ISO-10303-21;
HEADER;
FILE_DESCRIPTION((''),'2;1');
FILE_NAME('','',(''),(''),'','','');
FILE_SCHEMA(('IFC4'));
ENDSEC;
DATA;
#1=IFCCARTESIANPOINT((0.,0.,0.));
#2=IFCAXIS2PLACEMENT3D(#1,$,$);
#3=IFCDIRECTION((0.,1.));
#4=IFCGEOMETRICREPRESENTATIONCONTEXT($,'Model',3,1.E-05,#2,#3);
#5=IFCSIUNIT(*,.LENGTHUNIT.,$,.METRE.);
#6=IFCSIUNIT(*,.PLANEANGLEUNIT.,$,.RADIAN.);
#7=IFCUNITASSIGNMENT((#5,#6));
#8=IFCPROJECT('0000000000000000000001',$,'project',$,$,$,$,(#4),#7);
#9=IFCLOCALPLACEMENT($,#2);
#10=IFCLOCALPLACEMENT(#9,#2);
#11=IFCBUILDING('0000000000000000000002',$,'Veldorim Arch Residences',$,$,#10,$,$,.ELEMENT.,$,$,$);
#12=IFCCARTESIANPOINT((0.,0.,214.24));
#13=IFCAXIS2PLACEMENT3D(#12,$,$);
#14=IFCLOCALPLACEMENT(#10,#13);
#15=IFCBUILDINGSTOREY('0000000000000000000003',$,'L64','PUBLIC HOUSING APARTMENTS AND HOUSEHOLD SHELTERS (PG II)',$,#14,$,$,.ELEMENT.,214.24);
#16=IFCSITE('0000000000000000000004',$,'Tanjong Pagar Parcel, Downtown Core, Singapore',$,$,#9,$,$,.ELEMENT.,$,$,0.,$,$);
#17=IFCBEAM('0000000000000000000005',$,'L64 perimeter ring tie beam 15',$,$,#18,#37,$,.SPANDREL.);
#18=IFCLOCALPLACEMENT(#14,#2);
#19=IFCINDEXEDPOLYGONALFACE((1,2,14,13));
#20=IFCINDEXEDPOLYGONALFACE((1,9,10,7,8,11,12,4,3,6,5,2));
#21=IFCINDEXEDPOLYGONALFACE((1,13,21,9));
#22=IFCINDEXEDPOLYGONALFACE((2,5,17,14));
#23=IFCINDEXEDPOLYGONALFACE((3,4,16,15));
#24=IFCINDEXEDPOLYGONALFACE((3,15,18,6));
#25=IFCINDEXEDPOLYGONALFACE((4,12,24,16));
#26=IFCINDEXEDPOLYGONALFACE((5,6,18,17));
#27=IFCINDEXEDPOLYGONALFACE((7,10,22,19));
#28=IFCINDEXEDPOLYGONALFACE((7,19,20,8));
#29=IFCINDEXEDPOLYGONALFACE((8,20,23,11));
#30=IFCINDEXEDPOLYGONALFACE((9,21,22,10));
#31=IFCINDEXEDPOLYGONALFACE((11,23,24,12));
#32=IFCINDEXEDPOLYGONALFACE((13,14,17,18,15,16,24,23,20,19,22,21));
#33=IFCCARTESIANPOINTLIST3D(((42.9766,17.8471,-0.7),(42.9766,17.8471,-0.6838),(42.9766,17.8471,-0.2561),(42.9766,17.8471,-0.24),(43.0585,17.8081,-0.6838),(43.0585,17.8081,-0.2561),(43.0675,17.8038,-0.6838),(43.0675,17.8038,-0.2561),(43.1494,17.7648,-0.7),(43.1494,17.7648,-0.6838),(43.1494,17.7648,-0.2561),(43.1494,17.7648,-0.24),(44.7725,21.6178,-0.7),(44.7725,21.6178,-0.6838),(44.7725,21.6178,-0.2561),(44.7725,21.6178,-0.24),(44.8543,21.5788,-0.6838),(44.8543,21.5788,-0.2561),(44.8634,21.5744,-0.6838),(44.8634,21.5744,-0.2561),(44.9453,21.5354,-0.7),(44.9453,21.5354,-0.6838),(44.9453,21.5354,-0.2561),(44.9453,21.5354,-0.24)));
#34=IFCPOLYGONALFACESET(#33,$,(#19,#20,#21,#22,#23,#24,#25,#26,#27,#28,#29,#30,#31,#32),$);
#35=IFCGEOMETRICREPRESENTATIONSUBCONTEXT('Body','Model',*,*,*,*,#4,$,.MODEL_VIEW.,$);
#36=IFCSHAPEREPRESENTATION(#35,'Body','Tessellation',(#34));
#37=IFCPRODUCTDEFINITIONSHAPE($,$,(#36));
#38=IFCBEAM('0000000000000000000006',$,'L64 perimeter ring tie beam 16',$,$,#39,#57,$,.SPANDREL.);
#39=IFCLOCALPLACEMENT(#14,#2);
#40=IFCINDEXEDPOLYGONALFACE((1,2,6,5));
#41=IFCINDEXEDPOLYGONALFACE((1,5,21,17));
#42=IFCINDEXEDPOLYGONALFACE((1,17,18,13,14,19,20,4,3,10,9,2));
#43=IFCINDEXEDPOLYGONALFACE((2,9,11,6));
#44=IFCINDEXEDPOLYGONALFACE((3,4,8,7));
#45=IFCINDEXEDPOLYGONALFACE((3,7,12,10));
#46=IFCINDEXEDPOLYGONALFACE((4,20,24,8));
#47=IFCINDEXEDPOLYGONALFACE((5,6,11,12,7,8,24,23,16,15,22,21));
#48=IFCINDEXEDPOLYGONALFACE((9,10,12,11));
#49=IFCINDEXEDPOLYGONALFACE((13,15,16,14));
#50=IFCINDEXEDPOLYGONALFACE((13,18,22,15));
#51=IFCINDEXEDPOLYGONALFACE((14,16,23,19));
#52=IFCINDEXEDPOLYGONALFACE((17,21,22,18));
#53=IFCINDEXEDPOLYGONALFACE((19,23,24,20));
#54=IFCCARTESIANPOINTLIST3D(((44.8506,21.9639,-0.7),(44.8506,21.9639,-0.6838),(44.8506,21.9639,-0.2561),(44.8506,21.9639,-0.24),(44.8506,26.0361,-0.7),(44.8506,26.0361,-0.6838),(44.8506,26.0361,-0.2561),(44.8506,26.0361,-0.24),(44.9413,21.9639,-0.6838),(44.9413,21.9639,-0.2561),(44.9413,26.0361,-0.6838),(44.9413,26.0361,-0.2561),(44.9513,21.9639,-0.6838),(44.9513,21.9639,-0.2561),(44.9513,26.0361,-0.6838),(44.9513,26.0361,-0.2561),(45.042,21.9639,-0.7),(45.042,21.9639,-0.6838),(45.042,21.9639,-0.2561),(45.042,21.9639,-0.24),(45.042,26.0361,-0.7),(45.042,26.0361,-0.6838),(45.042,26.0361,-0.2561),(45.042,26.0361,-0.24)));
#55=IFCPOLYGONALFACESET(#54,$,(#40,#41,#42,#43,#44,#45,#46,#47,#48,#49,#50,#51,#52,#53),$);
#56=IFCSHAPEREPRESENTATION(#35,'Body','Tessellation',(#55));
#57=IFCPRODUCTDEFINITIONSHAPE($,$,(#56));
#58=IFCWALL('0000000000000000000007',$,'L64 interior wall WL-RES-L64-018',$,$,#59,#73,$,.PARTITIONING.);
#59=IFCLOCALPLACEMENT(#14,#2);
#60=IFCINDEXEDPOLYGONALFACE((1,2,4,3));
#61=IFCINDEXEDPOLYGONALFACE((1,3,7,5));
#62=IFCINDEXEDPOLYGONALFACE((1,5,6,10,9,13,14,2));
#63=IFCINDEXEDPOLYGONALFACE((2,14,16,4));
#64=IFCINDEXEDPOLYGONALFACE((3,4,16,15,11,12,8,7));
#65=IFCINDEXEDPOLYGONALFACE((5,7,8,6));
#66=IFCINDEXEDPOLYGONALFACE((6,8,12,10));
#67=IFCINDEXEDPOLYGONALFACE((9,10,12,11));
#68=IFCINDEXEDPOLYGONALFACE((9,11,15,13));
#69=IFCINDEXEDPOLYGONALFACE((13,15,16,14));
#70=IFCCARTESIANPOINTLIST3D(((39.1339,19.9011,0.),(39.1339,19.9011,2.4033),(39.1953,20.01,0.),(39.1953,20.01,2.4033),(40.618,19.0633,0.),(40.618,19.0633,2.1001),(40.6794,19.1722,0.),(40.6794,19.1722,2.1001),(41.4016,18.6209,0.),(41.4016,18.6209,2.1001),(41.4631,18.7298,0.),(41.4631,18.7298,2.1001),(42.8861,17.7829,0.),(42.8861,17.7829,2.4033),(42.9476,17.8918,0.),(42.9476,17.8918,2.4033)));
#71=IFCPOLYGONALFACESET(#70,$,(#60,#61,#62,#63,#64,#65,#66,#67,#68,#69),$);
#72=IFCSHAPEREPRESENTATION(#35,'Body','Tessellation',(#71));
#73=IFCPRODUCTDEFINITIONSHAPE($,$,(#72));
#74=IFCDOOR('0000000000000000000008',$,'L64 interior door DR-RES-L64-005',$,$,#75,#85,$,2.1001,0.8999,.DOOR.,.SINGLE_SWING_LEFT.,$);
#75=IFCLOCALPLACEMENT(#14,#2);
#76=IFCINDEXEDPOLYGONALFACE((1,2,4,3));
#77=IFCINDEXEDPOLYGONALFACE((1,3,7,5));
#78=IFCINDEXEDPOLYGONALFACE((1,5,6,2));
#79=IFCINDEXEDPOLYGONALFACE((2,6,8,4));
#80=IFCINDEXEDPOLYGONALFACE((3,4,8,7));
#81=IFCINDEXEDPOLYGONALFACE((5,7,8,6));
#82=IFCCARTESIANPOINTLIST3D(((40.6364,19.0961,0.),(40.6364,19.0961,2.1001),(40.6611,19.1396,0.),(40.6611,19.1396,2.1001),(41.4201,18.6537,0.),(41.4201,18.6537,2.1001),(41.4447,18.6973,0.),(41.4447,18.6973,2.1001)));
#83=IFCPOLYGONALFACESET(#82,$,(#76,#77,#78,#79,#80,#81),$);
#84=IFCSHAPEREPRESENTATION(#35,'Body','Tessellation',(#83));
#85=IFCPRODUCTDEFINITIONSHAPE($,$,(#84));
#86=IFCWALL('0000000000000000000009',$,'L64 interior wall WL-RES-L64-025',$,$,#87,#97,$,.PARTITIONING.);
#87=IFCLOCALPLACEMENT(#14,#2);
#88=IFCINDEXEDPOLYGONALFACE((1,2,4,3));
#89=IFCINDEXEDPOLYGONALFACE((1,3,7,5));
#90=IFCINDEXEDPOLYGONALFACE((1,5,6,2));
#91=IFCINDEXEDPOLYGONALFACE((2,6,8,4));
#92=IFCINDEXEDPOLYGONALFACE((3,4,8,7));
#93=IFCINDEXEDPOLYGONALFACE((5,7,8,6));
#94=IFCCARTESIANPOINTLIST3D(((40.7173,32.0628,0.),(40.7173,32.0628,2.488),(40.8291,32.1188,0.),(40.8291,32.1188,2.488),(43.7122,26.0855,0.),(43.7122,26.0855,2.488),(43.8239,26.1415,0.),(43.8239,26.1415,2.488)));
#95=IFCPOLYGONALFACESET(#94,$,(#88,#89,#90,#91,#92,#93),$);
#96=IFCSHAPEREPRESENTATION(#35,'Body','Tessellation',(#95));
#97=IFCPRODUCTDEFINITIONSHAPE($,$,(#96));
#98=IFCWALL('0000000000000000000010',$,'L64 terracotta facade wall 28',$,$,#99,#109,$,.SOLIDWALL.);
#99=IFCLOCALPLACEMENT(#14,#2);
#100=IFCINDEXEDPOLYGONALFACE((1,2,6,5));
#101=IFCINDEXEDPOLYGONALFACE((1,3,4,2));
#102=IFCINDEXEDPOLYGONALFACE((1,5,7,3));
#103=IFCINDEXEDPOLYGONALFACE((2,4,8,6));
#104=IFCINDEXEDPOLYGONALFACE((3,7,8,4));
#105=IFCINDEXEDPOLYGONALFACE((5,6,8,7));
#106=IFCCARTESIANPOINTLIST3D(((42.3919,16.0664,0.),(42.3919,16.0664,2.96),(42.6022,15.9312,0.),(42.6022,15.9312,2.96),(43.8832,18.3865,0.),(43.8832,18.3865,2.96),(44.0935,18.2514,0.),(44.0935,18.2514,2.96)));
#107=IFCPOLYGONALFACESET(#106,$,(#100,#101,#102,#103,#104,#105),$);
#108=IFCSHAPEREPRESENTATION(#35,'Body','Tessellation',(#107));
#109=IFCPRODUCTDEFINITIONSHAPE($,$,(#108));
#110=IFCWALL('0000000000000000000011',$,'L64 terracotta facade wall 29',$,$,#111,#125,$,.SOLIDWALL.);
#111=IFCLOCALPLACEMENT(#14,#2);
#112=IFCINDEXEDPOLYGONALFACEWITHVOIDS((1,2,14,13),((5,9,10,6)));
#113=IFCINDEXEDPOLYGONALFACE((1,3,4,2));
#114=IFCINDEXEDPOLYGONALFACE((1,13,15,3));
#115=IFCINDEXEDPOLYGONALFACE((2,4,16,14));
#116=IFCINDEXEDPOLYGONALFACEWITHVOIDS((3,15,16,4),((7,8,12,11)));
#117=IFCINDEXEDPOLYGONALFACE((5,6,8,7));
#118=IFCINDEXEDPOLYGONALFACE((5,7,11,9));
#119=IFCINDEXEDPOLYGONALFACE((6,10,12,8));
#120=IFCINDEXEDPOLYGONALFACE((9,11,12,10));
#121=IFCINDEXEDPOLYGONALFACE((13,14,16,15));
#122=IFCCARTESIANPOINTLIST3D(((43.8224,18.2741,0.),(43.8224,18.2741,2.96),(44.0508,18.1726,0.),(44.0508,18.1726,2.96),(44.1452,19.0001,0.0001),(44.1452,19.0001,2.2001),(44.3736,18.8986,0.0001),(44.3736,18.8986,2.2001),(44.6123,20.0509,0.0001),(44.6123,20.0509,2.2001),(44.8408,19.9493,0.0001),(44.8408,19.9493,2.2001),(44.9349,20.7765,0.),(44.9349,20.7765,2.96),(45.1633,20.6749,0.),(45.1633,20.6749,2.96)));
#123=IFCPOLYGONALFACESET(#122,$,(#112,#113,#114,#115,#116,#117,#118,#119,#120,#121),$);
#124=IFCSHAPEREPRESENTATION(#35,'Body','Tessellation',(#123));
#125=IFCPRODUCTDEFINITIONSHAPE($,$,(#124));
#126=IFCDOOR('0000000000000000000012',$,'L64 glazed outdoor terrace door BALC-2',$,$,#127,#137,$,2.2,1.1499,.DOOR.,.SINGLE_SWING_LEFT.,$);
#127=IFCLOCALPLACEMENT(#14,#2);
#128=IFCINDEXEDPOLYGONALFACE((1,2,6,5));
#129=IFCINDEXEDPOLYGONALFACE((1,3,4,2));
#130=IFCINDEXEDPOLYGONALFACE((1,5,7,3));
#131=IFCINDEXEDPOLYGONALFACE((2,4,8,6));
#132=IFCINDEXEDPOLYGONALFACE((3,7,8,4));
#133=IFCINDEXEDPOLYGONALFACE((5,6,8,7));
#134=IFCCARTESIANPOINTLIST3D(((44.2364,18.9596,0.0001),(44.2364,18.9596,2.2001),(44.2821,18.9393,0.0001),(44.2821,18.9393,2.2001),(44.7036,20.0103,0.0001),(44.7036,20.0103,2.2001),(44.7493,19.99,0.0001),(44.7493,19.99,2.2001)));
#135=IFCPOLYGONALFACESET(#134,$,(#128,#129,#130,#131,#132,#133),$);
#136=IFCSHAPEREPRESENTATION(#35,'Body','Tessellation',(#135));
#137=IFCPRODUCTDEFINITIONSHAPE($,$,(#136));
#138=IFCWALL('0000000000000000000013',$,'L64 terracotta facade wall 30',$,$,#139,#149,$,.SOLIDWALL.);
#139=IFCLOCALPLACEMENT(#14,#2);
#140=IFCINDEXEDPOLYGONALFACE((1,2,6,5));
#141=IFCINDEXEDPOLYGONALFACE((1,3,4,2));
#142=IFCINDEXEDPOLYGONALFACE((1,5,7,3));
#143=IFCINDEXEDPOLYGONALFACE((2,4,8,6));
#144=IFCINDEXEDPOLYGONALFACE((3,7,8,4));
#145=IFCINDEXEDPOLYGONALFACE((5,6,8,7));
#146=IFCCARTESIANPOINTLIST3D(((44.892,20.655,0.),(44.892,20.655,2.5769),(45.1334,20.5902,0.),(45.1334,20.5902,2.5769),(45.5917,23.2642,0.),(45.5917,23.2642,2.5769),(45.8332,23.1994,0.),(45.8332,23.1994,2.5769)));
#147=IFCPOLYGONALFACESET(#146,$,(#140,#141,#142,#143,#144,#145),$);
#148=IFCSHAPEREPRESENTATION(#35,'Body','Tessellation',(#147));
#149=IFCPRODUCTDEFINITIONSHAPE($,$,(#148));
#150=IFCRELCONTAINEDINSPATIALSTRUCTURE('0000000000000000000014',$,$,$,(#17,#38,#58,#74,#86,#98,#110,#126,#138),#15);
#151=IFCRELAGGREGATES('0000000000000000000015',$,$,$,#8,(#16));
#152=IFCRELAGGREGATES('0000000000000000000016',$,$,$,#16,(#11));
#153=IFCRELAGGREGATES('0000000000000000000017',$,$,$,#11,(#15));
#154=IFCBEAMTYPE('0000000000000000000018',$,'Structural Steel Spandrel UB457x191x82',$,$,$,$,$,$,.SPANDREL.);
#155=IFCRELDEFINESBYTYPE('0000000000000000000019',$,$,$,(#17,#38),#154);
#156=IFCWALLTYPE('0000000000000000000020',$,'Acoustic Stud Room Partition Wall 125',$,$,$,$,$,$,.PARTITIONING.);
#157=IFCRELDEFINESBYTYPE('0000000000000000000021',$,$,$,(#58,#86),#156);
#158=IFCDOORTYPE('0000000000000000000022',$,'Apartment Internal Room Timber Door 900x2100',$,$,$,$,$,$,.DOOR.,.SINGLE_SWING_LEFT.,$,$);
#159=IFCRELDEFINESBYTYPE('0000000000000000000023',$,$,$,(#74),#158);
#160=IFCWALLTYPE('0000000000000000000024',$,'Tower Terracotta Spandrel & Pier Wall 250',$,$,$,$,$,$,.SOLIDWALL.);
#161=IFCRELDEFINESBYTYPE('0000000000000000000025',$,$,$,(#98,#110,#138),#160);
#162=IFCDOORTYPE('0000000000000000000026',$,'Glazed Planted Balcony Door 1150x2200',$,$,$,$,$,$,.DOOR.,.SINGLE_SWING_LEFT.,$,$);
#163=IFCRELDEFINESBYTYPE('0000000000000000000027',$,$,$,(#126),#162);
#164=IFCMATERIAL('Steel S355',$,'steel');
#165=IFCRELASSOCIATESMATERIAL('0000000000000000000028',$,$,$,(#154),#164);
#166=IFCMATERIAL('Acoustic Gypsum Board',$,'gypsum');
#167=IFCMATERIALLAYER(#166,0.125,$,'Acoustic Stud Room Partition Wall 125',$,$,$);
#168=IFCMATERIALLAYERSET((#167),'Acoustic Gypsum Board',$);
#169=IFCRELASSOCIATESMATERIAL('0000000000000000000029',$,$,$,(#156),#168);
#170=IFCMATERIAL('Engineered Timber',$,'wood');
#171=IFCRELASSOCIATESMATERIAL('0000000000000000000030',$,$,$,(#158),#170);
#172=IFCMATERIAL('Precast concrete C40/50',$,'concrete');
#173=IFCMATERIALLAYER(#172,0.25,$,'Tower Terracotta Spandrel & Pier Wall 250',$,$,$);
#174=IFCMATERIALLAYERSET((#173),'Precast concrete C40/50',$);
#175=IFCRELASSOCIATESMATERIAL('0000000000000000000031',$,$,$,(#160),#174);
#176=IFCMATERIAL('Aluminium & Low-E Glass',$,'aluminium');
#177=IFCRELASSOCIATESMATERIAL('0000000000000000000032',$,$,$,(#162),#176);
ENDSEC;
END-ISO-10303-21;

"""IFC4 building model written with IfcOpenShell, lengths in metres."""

from ifc_helpers import new_model, si_unit, direction, frame, frame_2d, origin, origin_2d, place, context, subcontext, project, spatial, rectangle, i_section, extrude, material, layer, layer_set, material_profile, profile_set, type_object, element, fill, save


model = new_model("IFC4")

# Units and contexts
model_context = context("Model", 3, precision=1e-05, world=origin(), true_north=direction((0.0, 1.0)))
body_context = subcontext(model_context, "Body", "Model", "MODEL_VIEW")
ifc_project = project(units=[si_unit("LENGTHUNIT", "METRE"), si_unit("PLANEANGLEUNIT", "RADIAN")], contexts=[model_context])

# Site, building, storey
site_placement = place(None, origin())
site = spatial("IfcSite", under=ifc_project, at=site_placement, Name="Tanjong Pagar Parcel, Downtown Core, Singapore", CompositionType="ELEMENT", RefElevation=0.0)
building_placement = place(site_placement, origin())
building = spatial("IfcBuilding", under=site, at=building_placement, Name="Veldorim Arch Residences", CompositionType="ELEMENT")
storey_placement = place(building_placement, frame((0.0, 0.0, 214.24)))
storey = spatial("IfcBuildingStorey", under=building, at=storey_placement, Name="L64", Description="PUBLIC HOUSING APARTMENTS AND HOUSEHOLD SHELTERS (PG II)", CompositionType="ELEMENT", Elevation=214.24)

# Beams
ifc_material_1 = material(Name="Steel S355", Category="steel")
ifc_material_profile_1 = material_profile(ifc_material_1, i_section(OverallWidth=0.1914, OverallDepth=0.46, WebThickness=0.01, FlangeThickness=0.0161, at=origin_2d()), Name="UB457x191x82")
ifc_profile_set_1 = profile_set([ifc_material_profile_1], Name="Steel S355")
beam_type_1 = type_object("IfcBeamType", Name="Structural Steel Spandrel UB457x191x82", PredefinedType="SPANDREL", material=ifc_profile_set_1)
beam_1_placement = place(storey_placement, frame((43.063, 17.8059, -0.47), z_axis=(0.429993, 0.902832, 0.0), x_axis=(-0.902832, 0.429993, 0.0)))
element("IfcBeam", 1, at=beam_1_placement, inside=storey, type_object=beam_type_1, Name="L64 perimeter ring tie beam 15", PredefinedType="SPANDREL", context=body_context, shape_type="SweptSolid", body=[
    extrude(i_section(OverallWidth=0.1914, OverallDepth=0.46, WebThickness=0.01, FlangeThickness=0.0161, at=origin_2d()), origin(), (0.0, 0.0, 1.0), 4.1765),
])
beam_2_placement = place(storey_placement, frame((44.9463, 21.9639, -0.47), z_axis=(0.0, 1.0, 0.0), x_axis=(-1.0, 0.0, 0.0)))
element("IfcBeam", 2, at=beam_2_placement, inside=storey, type_object=beam_type_1, Name="L64 perimeter ring tie beam 16", PredefinedType="SPANDREL", context=body_context, shape_type="SweptSolid", body=[
    extrude(i_section(OverallWidth=0.1914, OverallDepth=0.46, WebThickness=0.01, FlangeThickness=0.0161, at=origin_2d()), origin(), (0.0, 0.0, 1.0), 4.0723),
])

# Wall, opening, door
ifc_material_2 = material(Name="Acoustic Gypsum Board", Category="gypsum")
ifc_layer_1 = layer(ifc_material_2, 0.125, Name="Acoustic Stud Room Partition Wall 125")
ifc_layer_set_1 = layer_set([ifc_layer_1], Name="Acoustic Gypsum Board")
wall_type_1 = type_object("IfcWallType", Name="Acoustic Stud Room Partition Wall 125", PredefinedType="PARTITIONING", material=ifc_layer_set_1)
wall_1_placement = place(storey_placement, frame((42.9167, 17.8374, 0.0), z_axis=(0.0, 0.0, 1.0), x_axis=(-0.870825, 0.491592, 0.0)))
wall_1 = element("IfcWall", 3, at=wall_1_placement, inside=storey, type_object=wall_type_1, Name="L64 interior wall WL-RES-L64-018", PredefinedType="PARTITIONING", context=body_context, shape_type="SweptSolid", body=[
    extrude(rectangle(XDim=4.3088, YDim=0.125, at=frame_2d((2.1543, 0.0))), origin(), (0.0, 0.0, 1.0), 2.4033),
])
opening_1_placement = place(wall_1_placement, frame((1.7046, 0.0, 0.0)))
opening_1 = element("IfcOpeningElement", 4, at=opening_1_placement, cuts=wall_1, PredefinedType="OPENING", context=body_context, shape_type="SweptSolid", body=[
    extrude(rectangle(XDim=0.8999, YDim=2.1001, at=frame_2d((0.45, 1.05))), frame((0.0, 0.0725, 0.0), z_axis=(0.0, -1.0, 0.0), x_axis=(1.0, 0.0, 0.0)), (0.0, 0.0, 1.0), 0.145),
])
ifc_material_3 = material(Name="Engineered Timber", Category="wood")
door_type_1 = type_object("IfcDoorType", Name="Apartment Internal Room Timber Door 900x2100", OperationType="SINGLE_SWING_LEFT", PredefinedType="DOOR", material=ifc_material_3)
door_1_placement = place(opening_1_placement, origin())
door_1 = element("IfcDoor", 5, at=door_1_placement, inside=storey, type_object=door_type_1, Name="L64 interior door DR-RES-L64-005", OperationType="SINGLE_SWING_LEFT", OverallHeight=2.1001, OverallWidth=0.8999, PredefinedType="DOOR", context=body_context, shape_type="SweptSolid", body=[
    extrude(rectangle(XDim=0.8999, YDim=2.1001, at=frame_2d((0.45, 1.05))), frame((0.0, 0.0249, 0.0), z_axis=(0.0, -1.0, 0.0), x_axis=(1.0, 0.0, 0.0)), (0.0, 0.0, 1.0), 0.05),
])
fill(opening_1, door_1)

# Walls
wall_2_placement = place(storey_placement, frame((43.7681, 26.1135, 0.0), z_axis=(0.0, 0.0, 1.0), x_axis=(-0.447958, 0.894054, 0.0)))
element("IfcWall", 6, at=wall_2_placement, inside=storey, type_object=wall_type_1, Name="L64 interior wall WL-RES-L64-025", PredefinedType="PARTITIONING", context=body_context, shape_type="SweptSolid", body=[
    extrude(rectangle(XDim=6.6855, YDim=0.125, at=frame_2d((3.3428, 0.0))), origin(), (0.0, 0.0, 1.0), 2.488),
])
ifc_material_4 = material(Name="Precast concrete C40/50", Category="concrete")
ifc_layer_2 = layer(ifc_material_4, 0.25, Name="Tower Terracotta Spandrel & Pier Wall 250")
ifc_layer_set_2 = layer_set([ifc_layer_2], Name="Precast concrete C40/50")
wall_type_2 = type_object("IfcWallType", Name="Tower Terracotta Spandrel & Pier Wall 250", PredefinedType="SOLIDWALL", material=ifc_layer_set_2)
wall_3_placement = place(storey_placement, frame((43.9883, 18.3188, 0.0), z_axis=(0.0, 0.0, 1.0), x_axis=(-0.54069, -0.841222, 0.0)))
element("IfcWall", 7, at=wall_3_placement, inside=storey, type_object=wall_type_2, Name="L64 terracotta facade wall 28", PredefinedType="SOLIDWALL", context=body_context, shape_type="SweptSolid", body=[
    extrude(rectangle(XDim=2.7581, YDim=0.25, at=frame_2d((1.3789, 0.0))), origin(), (0.0, 0.0, 1.0), 2.96),
])

# Wall, opening, door
wall_4_placement = place(storey_placement, frame((45.0491, 20.7256, 0.0), z_axis=(0.0, 0.0, 1.0), x_axis=(-0.406246, -0.913764, 0.0)))
wall_4 = element("IfcWall", 8, at=wall_4_placement, inside=storey, type_object=wall_type_2, Name="L64 terracotta facade wall 29", PredefinedType="SOLIDWALL", context=body_context, shape_type="SweptSolid", body=[
    extrude(rectangle(XDim=2.7385, YDim=0.25, at=frame_2d((1.3691, 0.0))), origin(), (0.0, 0.0, 1.0), 2.96),
])
opening_2_placement = place(wall_4_placement, frame((0.7939, 0.0, 0.0)))
opening_2 = element("IfcOpeningElement", 9, at=opening_2_placement, cuts=wall_4, PredefinedType="OPENING", context=body_context, shape_type="SweptSolid", body=[
    extrude(rectangle(XDim=1.1499, YDim=2.2, at=frame_2d((0.575, 1.1001))), frame((0.0, 0.135, 0.0), z_axis=(0.0, -1.0, 0.0), x_axis=(1.0, 0.0, 0.0)), (0.0, 0.0, 1.0), 0.27),
])
ifc_material_5 = material(Name="Aluminium & Low-E Glass", Category="aluminium")
door_type_2 = type_object("IfcDoorType", Name="Glazed Planted Balcony Door 1150x2200", OperationType="SINGLE_SWING_LEFT", PredefinedType="DOOR", material=ifc_material_5)
door_2_placement = place(opening_2_placement, origin())
door_2 = element("IfcDoor", 10, at=door_2_placement, inside=storey, type_object=door_type_2, Name="L64 glazed outdoor terrace door BALC-2", OperationType="SINGLE_SWING_LEFT", OverallHeight=2.2, OverallWidth=1.1499, PredefinedType="DOOR", context=body_context, shape_type="SweptSolid", body=[
    extrude(rectangle(XDim=1.1499, YDim=2.2, at=frame_2d((0.575, 1.1001))), frame((0.0, 0.0249, 0.0), z_axis=(0.0, -1.0, 0.0), x_axis=(1.0, 0.0, 0.0)), (0.0, 0.0, 1.0), 0.05),
])
fill(opening_2, door_2)

# Wall
wall_5_placement = place(storey_placement, frame((45.7124, 23.2317, 0.0), z_axis=(0.0, 0.0, 1.0), x_axis=(-0.259024, -0.965871, 0.0)))
element("IfcWall", 11, at=wall_5_placement, inside=storey, type_object=wall_type_2, Name="L64 terracotta facade wall 30", PredefinedType="SOLIDWALL", context=body_context, shape_type="SweptSolid", body=[
    extrude(rectangle(XDim=2.7014, YDim=0.25, at=frame_2d((1.3506, 0.0))), origin(), (0.0, 0.0, 1.0), 2.5769),
])

save(model, "model.ifc")
